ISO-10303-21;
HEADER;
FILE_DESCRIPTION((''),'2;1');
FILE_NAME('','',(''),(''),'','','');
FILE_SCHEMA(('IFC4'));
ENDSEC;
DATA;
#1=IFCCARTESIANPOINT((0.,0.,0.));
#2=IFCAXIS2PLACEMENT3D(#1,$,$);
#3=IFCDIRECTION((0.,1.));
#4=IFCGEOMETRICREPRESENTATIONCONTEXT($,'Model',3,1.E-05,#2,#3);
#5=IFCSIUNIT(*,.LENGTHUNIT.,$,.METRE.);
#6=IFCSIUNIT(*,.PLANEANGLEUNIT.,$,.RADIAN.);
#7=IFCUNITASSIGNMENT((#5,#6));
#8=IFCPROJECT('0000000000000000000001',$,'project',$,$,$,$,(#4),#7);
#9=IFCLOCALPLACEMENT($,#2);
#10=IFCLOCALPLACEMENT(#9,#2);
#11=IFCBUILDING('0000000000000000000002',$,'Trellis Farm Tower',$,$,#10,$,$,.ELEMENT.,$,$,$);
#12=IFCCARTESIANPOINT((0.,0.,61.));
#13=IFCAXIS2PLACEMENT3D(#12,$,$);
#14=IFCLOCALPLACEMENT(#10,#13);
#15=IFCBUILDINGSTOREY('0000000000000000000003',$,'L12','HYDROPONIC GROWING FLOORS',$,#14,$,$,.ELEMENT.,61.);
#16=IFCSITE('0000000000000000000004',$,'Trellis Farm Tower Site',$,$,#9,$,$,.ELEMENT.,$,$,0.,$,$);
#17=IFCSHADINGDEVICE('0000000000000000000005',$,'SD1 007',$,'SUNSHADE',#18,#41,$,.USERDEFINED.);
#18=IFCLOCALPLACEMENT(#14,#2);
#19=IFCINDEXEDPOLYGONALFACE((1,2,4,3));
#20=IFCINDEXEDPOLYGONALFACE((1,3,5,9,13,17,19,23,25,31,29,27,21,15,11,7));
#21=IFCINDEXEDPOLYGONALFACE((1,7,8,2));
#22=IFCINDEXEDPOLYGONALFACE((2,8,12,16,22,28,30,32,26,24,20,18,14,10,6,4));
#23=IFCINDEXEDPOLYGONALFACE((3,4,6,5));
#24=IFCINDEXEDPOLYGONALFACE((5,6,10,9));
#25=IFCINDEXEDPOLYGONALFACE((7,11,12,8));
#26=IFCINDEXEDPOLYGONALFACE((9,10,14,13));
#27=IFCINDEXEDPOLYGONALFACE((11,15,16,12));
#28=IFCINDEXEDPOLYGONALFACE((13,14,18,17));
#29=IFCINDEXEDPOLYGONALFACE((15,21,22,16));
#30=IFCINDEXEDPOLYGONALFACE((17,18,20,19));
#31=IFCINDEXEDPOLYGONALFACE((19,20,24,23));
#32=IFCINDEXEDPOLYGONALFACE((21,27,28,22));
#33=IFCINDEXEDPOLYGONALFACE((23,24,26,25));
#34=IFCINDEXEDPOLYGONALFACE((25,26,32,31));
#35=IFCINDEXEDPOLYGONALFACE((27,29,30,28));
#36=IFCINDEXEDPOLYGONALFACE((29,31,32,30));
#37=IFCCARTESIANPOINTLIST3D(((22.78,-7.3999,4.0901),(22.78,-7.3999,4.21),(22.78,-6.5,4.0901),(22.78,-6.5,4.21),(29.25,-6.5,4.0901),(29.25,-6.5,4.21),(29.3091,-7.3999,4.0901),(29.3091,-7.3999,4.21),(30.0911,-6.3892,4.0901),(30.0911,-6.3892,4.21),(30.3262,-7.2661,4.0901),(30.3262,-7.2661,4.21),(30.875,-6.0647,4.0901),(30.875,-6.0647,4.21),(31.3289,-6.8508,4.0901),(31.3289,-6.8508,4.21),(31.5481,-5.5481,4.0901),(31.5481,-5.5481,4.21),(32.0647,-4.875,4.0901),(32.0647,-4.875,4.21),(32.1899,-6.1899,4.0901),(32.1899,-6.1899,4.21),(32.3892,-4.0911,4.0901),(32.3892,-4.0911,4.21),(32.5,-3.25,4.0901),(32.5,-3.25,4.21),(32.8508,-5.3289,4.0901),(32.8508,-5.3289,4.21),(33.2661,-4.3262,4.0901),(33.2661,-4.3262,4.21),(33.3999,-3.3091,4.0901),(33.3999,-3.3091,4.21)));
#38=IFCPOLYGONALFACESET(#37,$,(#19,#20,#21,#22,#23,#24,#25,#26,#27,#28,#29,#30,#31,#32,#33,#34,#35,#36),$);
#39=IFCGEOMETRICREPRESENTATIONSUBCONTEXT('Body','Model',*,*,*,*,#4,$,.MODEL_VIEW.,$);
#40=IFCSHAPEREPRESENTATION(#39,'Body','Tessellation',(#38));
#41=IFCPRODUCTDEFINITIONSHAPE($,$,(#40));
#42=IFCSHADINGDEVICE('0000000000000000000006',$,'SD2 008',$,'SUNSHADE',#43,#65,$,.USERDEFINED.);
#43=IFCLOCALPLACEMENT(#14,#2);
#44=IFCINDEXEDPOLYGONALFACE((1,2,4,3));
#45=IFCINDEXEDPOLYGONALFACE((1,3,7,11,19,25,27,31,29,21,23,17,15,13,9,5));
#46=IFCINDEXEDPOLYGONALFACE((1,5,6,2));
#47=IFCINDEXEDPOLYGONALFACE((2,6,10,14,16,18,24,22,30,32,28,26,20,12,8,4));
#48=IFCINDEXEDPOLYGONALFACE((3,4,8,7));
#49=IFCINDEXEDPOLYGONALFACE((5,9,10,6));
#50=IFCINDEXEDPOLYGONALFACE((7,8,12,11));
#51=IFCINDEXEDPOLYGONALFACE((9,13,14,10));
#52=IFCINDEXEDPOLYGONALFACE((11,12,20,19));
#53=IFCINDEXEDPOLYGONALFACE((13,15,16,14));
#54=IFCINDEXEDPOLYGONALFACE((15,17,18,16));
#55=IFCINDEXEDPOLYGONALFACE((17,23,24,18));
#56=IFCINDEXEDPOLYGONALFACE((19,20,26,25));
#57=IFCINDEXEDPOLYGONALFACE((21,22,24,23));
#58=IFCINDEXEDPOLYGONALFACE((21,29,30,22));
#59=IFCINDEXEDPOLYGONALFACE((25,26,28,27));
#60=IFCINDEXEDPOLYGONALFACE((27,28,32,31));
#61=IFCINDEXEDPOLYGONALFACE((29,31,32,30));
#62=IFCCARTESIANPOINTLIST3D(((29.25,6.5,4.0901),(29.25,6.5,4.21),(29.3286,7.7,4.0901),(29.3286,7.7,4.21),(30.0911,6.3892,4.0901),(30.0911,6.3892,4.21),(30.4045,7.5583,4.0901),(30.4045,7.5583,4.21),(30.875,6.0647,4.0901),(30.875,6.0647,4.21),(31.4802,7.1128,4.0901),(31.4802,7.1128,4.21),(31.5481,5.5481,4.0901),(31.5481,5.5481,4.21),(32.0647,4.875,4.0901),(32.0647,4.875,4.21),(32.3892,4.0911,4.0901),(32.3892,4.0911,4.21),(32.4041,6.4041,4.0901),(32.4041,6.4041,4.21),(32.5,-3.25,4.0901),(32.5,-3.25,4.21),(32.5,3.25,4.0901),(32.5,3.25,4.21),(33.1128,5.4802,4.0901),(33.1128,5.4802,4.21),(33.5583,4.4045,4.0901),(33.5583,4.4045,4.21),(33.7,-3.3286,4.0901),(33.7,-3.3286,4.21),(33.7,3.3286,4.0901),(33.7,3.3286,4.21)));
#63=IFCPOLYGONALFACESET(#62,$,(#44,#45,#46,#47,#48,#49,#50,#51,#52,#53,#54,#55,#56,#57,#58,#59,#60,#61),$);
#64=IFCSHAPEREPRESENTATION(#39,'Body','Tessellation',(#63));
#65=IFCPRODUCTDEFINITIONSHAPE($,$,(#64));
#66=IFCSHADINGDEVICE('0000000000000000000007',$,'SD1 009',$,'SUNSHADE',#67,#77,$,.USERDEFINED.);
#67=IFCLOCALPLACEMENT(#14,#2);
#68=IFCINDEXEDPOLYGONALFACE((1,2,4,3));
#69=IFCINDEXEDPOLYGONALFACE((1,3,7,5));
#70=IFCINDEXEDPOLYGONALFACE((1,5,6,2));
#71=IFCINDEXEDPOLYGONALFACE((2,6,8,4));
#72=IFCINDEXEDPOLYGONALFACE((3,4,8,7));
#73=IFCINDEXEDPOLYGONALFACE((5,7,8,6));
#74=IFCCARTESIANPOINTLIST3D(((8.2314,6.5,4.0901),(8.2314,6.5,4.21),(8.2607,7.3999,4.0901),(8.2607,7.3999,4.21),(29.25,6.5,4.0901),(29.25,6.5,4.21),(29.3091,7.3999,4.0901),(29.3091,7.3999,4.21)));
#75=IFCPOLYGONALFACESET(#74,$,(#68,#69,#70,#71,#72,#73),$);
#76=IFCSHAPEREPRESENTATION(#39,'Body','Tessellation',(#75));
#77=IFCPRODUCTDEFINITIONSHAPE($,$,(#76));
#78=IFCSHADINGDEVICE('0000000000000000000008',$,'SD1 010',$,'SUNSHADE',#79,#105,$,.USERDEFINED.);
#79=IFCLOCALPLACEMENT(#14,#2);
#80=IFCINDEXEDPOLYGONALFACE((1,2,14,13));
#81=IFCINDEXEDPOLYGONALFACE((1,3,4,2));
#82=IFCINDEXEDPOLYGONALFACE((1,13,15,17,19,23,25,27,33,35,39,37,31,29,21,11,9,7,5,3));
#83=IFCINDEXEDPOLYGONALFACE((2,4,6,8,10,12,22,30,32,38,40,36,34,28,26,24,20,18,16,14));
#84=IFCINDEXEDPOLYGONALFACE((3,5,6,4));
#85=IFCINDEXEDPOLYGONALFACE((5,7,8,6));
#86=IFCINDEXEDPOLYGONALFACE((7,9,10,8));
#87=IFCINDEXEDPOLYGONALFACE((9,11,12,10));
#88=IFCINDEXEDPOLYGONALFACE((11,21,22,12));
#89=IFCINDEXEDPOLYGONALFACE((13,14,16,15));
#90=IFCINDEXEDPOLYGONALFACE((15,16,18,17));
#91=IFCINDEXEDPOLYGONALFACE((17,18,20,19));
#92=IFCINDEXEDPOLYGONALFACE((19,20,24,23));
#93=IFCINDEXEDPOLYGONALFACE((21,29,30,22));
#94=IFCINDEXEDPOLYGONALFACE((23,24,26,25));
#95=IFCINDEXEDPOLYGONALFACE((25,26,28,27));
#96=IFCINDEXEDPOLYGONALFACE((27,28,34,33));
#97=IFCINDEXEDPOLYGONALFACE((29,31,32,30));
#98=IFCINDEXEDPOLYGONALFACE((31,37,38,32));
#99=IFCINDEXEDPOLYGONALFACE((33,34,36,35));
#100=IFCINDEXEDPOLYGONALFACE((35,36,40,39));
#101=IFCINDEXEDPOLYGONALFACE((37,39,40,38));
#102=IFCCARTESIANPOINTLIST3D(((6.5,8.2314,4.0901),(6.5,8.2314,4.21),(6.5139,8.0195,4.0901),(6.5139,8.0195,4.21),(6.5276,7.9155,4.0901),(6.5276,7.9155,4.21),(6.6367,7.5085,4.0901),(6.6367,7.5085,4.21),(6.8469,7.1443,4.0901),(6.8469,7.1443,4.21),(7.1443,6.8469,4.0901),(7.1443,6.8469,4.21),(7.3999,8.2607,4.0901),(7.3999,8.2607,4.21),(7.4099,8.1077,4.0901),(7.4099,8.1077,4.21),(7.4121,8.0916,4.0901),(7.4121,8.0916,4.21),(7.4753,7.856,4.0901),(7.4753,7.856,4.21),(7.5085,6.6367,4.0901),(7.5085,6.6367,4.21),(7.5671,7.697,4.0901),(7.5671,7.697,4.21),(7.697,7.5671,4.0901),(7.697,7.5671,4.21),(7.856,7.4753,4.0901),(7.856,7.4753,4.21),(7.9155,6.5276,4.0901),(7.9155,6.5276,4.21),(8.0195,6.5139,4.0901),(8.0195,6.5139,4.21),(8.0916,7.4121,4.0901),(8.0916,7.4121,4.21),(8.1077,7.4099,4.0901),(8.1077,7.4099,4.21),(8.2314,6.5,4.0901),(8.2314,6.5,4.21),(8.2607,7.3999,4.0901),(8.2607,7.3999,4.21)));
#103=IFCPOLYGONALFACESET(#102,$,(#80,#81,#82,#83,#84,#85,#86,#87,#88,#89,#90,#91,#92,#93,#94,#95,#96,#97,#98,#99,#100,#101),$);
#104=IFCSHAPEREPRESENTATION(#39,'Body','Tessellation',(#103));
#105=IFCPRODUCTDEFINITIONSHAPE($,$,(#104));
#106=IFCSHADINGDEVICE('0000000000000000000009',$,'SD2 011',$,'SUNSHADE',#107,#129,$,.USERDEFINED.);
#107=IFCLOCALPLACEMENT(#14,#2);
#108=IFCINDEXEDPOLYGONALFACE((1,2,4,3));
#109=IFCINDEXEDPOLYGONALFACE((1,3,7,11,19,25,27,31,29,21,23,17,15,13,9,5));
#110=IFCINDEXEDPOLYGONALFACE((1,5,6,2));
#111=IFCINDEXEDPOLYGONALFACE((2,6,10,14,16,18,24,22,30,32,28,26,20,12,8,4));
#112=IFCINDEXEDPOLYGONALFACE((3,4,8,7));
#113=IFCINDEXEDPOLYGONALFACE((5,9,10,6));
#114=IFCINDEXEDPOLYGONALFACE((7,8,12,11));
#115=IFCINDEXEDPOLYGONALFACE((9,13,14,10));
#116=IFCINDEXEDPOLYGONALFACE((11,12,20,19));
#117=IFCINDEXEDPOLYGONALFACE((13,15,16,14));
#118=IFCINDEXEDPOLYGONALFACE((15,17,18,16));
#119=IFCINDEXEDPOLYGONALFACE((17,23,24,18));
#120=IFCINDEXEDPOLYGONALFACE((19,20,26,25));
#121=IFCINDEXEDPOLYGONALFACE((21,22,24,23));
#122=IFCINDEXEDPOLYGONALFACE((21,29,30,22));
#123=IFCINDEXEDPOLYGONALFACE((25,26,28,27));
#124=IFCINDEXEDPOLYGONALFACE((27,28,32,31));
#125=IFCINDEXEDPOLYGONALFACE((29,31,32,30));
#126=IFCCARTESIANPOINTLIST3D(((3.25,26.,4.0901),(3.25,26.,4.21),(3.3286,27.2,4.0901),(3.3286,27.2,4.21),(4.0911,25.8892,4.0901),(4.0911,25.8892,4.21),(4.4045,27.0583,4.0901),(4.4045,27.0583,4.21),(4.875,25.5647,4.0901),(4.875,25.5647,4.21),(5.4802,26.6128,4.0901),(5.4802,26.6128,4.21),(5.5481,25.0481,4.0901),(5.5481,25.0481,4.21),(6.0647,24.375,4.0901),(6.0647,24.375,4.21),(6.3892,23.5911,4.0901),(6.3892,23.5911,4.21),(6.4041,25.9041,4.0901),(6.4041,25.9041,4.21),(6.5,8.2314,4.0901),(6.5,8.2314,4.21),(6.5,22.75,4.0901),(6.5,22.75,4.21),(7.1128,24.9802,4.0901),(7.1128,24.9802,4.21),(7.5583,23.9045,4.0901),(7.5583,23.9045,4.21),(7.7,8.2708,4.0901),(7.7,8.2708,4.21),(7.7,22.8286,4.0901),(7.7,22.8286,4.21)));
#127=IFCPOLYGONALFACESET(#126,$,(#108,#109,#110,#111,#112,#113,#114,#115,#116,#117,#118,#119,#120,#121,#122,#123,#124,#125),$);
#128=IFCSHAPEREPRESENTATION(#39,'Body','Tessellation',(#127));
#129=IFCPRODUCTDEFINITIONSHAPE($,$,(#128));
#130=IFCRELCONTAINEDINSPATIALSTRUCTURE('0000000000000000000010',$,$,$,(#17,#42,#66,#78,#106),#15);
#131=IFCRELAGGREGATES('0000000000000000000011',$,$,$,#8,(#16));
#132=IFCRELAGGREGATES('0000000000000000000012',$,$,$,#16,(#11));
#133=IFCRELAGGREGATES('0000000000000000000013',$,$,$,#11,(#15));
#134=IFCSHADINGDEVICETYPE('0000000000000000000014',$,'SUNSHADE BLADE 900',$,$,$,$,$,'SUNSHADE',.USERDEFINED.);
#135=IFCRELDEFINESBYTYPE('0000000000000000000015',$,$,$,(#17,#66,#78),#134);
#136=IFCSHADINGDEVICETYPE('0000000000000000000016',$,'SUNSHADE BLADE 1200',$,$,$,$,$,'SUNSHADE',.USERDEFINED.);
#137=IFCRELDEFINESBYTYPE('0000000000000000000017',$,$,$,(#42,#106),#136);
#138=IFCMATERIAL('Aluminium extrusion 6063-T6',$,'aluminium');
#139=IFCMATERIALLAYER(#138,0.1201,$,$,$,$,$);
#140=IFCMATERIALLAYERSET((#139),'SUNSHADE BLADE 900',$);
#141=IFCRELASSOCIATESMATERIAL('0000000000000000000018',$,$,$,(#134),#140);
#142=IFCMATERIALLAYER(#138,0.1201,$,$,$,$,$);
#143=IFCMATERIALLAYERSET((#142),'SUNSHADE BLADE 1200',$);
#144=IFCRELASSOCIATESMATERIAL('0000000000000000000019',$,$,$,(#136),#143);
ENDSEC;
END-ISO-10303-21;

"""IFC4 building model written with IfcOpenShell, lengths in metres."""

from ifc_helpers import new_model, si_unit, direction, frame, origin, place, context, subcontext, project, spatial, polyline, outline, extrude, source, transform, mapped, material, layer, layer_set, type_object, element, save


model = new_model("IFC4")

# Units and contexts
model_context = context("Model", 3, precision=1e-05, world=origin(), true_north=direction((0.0, 1.0)))
body_context = subcontext(model_context, "Body", "Model", "MODEL_VIEW")
ifc_project = project(units=[si_unit("LENGTHUNIT", "METRE"), si_unit("PLANEANGLEUNIT", "RADIAN")], contexts=[model_context])

# Site, building, storey
site_placement = place(None, origin())
site = spatial("IfcSite", under=ifc_project, at=site_placement, Name="Trellis Farm Tower Site", CompositionType="ELEMENT", RefElevation=0.0)
building_placement = place(site_placement, origin())
building = spatial("IfcBuilding", under=site, at=building_placement, Name="Trellis Farm Tower", CompositionType="ELEMENT")
storey_placement = place(building_placement, frame((0.0, 0.0, 61.0)))
storey = spatial("IfcBuildingStorey", under=building, at=storey_placement, Name="L12", Description="HYDROPONIC GROWING FLOORS", CompositionType="ELEMENT", Elevation=61.0)

# Shared definitions
ifc_material_1 = material(Name="Aluminium extrusion 6063-T6", Category="aluminium")

# Shading devices
ifc_layer_1 = layer(ifc_material_1, 0.1201)
ifc_layer_set_1 = layer_set([ifc_layer_1], Name="SUNSHADE BLADE 900")
shading_device_type_1 = type_object("IfcShadingDeviceType", Name="SUNSHADE BLADE 900", ElementType="SUNSHADE", PredefinedType="USERDEFINED", material=ifc_layer_set_1)
shared_shape_1 = source(origin(), body_context, "Body", "SweptSolid", [
    extrude(outline(polyline([(22.78, -7.3999), (29.3091, -7.3999), (30.3262, -7.2661), (31.3289, -6.8508), (32.1899, -6.1899), (32.8508, -5.3289), (33.2661, -4.3262), (33.3999, -3.3091), (32.5, -3.25), (32.3892, -4.0911), (32.0647, -4.875), (31.5481, -5.5481), (30.875, -6.0647), (30.0911, -6.3892), (29.25, -6.5), (22.78, -6.5), (22.78, -7.3999)])), origin(), (0.0, 0.0, 1.0), 0.1199),
])
placement_1 = place(storey_placement, frame((0.0, 0.0, 4.0901)))
element("IfcShadingDevice", 1, at=placement_1, inside=storey, type_object=shading_device_type_1, Name="SD1 007", ObjectType="SUNSHADE", PredefinedType="USERDEFINED", context=body_context, shape_type="MappedRepresentation", body=[
    mapped(shared_shape_1, transform((0.0, 0.0, 0.0))),
])
ifc_layer_2 = layer(ifc_material_1, 0.1201)
ifc_layer_set_2 = layer_set([ifc_layer_2], Name="SUNSHADE BLADE 1200")
shading_device_type_2 = type_object("IfcShadingDeviceType", Name="SUNSHADE BLADE 1200", ElementType="SUNSHADE", PredefinedType="USERDEFINED", material=ifc_layer_set_2)
shared_shape_2 = source(origin(), body_context, "Body", "SweptSolid", [
    extrude(outline(polyline([(33.7, -3.3286), (33.7, 3.3286), (33.5583, 4.4045), (33.1128, 5.4802), (32.4041, 6.4041), (31.4802, 7.1128), (30.4045, 7.5583), (29.3286, 7.7), (29.25, 6.5), (30.0911, 6.3892), (30.875, 6.0647), (31.5481, 5.5481), (32.0647, 4.875), (32.3892, 4.0911), (32.5, 3.25), (32.5, -3.25), (33.7, -3.3286)])), origin(), (0.0, 0.0, 1.0), 0.1199),
])
element("IfcShadingDevice", 2, at=placement_1, inside=storey, type_object=shading_device_type_2, Name="SD2 008", ObjectType="SUNSHADE", PredefinedType="USERDEFINED", context=body_context, shape_type="MappedRepresentation", body=[
    mapped(shared_shape_2, transform((0.0, 0.0, 0.0))),
])
shared_shape_3 = source(origin(), body_context, "Body", "SweptSolid", [
    extrude(outline(polyline([(29.3091, 7.3999), (8.2607, 7.3999), (8.2314, 6.5), (29.25, 6.5), (29.3091, 7.3999)])), origin(), (0.0, 0.0, 1.0), 0.1199),
])
element("IfcShadingDevice", 3, at=placement_1, inside=storey, type_object=shading_device_type_1, Name="SD1 009", ObjectType="SUNSHADE", PredefinedType="USERDEFINED", context=body_context, shape_type="MappedRepresentation", body=[
    mapped(shared_shape_3, transform((0.0, 0.0, 0.0))),
])
shared_shape_4 = source(origin(), body_context, "Body", "SweptSolid", [
    extrude(outline(polyline([(8.2607, 7.3999), (8.1077, 7.4099), (8.0916, 7.4121), (7.856, 7.4753), (7.697, 7.5671), (7.5671, 7.697), (7.4753, 7.856), (7.4121, 8.0916), (7.4099, 8.1077), (7.3999, 8.2607), (6.5, 8.2314), (6.5139, 8.0195), (6.5276, 7.9155), (6.6367, 7.5085), (6.8469, 7.1443), (7.1443, 6.8469), (7.5085, 6.6367), (7.9155, 6.5276), (8.0195, 6.5139), (8.2314, 6.5), (8.2607, 7.3999)])), origin(), (0.0, 0.0, 1.0), 0.1199),
])
element("IfcShadingDevice", 4, at=placement_1, inside=storey, type_object=shading_device_type_1, Name="SD1 010", ObjectType="SUNSHADE", PredefinedType="USERDEFINED", context=body_context, shape_type="MappedRepresentation", body=[
    mapped(shared_shape_4, transform((0.0, 0.0, 0.0))),
])
shared_shape_5 = source(origin(), body_context, "Body", "SweptSolid", [
    extrude(outline(polyline([(7.7, 8.2708), (7.7, 22.8286), (7.5583, 23.9045), (7.1128, 24.9802), (6.4041, 25.9041), (5.4802, 26.6128), (4.4045, 27.0583), (3.3286, 27.2), (3.25, 26.0), (4.0911, 25.8892), (4.875, 25.5647), (5.5481, 25.0481), (6.0647, 24.375), (6.3892, 23.5911), (6.5, 22.75), (6.5, 8.2314), (7.7, 8.2708)])), origin(), (0.0, 0.0, 1.0), 0.1199),
])
element("IfcShadingDevice", 5, at=placement_1, inside=storey, type_object=shading_device_type_2, Name="SD2 011", ObjectType="SUNSHADE", PredefinedType="USERDEFINED", context=body_context, shape_type="MappedRepresentation", body=[
    mapped(shared_shape_5, transform((0.0, 0.0, 0.0))),
])

save(model, "model.ifc")
